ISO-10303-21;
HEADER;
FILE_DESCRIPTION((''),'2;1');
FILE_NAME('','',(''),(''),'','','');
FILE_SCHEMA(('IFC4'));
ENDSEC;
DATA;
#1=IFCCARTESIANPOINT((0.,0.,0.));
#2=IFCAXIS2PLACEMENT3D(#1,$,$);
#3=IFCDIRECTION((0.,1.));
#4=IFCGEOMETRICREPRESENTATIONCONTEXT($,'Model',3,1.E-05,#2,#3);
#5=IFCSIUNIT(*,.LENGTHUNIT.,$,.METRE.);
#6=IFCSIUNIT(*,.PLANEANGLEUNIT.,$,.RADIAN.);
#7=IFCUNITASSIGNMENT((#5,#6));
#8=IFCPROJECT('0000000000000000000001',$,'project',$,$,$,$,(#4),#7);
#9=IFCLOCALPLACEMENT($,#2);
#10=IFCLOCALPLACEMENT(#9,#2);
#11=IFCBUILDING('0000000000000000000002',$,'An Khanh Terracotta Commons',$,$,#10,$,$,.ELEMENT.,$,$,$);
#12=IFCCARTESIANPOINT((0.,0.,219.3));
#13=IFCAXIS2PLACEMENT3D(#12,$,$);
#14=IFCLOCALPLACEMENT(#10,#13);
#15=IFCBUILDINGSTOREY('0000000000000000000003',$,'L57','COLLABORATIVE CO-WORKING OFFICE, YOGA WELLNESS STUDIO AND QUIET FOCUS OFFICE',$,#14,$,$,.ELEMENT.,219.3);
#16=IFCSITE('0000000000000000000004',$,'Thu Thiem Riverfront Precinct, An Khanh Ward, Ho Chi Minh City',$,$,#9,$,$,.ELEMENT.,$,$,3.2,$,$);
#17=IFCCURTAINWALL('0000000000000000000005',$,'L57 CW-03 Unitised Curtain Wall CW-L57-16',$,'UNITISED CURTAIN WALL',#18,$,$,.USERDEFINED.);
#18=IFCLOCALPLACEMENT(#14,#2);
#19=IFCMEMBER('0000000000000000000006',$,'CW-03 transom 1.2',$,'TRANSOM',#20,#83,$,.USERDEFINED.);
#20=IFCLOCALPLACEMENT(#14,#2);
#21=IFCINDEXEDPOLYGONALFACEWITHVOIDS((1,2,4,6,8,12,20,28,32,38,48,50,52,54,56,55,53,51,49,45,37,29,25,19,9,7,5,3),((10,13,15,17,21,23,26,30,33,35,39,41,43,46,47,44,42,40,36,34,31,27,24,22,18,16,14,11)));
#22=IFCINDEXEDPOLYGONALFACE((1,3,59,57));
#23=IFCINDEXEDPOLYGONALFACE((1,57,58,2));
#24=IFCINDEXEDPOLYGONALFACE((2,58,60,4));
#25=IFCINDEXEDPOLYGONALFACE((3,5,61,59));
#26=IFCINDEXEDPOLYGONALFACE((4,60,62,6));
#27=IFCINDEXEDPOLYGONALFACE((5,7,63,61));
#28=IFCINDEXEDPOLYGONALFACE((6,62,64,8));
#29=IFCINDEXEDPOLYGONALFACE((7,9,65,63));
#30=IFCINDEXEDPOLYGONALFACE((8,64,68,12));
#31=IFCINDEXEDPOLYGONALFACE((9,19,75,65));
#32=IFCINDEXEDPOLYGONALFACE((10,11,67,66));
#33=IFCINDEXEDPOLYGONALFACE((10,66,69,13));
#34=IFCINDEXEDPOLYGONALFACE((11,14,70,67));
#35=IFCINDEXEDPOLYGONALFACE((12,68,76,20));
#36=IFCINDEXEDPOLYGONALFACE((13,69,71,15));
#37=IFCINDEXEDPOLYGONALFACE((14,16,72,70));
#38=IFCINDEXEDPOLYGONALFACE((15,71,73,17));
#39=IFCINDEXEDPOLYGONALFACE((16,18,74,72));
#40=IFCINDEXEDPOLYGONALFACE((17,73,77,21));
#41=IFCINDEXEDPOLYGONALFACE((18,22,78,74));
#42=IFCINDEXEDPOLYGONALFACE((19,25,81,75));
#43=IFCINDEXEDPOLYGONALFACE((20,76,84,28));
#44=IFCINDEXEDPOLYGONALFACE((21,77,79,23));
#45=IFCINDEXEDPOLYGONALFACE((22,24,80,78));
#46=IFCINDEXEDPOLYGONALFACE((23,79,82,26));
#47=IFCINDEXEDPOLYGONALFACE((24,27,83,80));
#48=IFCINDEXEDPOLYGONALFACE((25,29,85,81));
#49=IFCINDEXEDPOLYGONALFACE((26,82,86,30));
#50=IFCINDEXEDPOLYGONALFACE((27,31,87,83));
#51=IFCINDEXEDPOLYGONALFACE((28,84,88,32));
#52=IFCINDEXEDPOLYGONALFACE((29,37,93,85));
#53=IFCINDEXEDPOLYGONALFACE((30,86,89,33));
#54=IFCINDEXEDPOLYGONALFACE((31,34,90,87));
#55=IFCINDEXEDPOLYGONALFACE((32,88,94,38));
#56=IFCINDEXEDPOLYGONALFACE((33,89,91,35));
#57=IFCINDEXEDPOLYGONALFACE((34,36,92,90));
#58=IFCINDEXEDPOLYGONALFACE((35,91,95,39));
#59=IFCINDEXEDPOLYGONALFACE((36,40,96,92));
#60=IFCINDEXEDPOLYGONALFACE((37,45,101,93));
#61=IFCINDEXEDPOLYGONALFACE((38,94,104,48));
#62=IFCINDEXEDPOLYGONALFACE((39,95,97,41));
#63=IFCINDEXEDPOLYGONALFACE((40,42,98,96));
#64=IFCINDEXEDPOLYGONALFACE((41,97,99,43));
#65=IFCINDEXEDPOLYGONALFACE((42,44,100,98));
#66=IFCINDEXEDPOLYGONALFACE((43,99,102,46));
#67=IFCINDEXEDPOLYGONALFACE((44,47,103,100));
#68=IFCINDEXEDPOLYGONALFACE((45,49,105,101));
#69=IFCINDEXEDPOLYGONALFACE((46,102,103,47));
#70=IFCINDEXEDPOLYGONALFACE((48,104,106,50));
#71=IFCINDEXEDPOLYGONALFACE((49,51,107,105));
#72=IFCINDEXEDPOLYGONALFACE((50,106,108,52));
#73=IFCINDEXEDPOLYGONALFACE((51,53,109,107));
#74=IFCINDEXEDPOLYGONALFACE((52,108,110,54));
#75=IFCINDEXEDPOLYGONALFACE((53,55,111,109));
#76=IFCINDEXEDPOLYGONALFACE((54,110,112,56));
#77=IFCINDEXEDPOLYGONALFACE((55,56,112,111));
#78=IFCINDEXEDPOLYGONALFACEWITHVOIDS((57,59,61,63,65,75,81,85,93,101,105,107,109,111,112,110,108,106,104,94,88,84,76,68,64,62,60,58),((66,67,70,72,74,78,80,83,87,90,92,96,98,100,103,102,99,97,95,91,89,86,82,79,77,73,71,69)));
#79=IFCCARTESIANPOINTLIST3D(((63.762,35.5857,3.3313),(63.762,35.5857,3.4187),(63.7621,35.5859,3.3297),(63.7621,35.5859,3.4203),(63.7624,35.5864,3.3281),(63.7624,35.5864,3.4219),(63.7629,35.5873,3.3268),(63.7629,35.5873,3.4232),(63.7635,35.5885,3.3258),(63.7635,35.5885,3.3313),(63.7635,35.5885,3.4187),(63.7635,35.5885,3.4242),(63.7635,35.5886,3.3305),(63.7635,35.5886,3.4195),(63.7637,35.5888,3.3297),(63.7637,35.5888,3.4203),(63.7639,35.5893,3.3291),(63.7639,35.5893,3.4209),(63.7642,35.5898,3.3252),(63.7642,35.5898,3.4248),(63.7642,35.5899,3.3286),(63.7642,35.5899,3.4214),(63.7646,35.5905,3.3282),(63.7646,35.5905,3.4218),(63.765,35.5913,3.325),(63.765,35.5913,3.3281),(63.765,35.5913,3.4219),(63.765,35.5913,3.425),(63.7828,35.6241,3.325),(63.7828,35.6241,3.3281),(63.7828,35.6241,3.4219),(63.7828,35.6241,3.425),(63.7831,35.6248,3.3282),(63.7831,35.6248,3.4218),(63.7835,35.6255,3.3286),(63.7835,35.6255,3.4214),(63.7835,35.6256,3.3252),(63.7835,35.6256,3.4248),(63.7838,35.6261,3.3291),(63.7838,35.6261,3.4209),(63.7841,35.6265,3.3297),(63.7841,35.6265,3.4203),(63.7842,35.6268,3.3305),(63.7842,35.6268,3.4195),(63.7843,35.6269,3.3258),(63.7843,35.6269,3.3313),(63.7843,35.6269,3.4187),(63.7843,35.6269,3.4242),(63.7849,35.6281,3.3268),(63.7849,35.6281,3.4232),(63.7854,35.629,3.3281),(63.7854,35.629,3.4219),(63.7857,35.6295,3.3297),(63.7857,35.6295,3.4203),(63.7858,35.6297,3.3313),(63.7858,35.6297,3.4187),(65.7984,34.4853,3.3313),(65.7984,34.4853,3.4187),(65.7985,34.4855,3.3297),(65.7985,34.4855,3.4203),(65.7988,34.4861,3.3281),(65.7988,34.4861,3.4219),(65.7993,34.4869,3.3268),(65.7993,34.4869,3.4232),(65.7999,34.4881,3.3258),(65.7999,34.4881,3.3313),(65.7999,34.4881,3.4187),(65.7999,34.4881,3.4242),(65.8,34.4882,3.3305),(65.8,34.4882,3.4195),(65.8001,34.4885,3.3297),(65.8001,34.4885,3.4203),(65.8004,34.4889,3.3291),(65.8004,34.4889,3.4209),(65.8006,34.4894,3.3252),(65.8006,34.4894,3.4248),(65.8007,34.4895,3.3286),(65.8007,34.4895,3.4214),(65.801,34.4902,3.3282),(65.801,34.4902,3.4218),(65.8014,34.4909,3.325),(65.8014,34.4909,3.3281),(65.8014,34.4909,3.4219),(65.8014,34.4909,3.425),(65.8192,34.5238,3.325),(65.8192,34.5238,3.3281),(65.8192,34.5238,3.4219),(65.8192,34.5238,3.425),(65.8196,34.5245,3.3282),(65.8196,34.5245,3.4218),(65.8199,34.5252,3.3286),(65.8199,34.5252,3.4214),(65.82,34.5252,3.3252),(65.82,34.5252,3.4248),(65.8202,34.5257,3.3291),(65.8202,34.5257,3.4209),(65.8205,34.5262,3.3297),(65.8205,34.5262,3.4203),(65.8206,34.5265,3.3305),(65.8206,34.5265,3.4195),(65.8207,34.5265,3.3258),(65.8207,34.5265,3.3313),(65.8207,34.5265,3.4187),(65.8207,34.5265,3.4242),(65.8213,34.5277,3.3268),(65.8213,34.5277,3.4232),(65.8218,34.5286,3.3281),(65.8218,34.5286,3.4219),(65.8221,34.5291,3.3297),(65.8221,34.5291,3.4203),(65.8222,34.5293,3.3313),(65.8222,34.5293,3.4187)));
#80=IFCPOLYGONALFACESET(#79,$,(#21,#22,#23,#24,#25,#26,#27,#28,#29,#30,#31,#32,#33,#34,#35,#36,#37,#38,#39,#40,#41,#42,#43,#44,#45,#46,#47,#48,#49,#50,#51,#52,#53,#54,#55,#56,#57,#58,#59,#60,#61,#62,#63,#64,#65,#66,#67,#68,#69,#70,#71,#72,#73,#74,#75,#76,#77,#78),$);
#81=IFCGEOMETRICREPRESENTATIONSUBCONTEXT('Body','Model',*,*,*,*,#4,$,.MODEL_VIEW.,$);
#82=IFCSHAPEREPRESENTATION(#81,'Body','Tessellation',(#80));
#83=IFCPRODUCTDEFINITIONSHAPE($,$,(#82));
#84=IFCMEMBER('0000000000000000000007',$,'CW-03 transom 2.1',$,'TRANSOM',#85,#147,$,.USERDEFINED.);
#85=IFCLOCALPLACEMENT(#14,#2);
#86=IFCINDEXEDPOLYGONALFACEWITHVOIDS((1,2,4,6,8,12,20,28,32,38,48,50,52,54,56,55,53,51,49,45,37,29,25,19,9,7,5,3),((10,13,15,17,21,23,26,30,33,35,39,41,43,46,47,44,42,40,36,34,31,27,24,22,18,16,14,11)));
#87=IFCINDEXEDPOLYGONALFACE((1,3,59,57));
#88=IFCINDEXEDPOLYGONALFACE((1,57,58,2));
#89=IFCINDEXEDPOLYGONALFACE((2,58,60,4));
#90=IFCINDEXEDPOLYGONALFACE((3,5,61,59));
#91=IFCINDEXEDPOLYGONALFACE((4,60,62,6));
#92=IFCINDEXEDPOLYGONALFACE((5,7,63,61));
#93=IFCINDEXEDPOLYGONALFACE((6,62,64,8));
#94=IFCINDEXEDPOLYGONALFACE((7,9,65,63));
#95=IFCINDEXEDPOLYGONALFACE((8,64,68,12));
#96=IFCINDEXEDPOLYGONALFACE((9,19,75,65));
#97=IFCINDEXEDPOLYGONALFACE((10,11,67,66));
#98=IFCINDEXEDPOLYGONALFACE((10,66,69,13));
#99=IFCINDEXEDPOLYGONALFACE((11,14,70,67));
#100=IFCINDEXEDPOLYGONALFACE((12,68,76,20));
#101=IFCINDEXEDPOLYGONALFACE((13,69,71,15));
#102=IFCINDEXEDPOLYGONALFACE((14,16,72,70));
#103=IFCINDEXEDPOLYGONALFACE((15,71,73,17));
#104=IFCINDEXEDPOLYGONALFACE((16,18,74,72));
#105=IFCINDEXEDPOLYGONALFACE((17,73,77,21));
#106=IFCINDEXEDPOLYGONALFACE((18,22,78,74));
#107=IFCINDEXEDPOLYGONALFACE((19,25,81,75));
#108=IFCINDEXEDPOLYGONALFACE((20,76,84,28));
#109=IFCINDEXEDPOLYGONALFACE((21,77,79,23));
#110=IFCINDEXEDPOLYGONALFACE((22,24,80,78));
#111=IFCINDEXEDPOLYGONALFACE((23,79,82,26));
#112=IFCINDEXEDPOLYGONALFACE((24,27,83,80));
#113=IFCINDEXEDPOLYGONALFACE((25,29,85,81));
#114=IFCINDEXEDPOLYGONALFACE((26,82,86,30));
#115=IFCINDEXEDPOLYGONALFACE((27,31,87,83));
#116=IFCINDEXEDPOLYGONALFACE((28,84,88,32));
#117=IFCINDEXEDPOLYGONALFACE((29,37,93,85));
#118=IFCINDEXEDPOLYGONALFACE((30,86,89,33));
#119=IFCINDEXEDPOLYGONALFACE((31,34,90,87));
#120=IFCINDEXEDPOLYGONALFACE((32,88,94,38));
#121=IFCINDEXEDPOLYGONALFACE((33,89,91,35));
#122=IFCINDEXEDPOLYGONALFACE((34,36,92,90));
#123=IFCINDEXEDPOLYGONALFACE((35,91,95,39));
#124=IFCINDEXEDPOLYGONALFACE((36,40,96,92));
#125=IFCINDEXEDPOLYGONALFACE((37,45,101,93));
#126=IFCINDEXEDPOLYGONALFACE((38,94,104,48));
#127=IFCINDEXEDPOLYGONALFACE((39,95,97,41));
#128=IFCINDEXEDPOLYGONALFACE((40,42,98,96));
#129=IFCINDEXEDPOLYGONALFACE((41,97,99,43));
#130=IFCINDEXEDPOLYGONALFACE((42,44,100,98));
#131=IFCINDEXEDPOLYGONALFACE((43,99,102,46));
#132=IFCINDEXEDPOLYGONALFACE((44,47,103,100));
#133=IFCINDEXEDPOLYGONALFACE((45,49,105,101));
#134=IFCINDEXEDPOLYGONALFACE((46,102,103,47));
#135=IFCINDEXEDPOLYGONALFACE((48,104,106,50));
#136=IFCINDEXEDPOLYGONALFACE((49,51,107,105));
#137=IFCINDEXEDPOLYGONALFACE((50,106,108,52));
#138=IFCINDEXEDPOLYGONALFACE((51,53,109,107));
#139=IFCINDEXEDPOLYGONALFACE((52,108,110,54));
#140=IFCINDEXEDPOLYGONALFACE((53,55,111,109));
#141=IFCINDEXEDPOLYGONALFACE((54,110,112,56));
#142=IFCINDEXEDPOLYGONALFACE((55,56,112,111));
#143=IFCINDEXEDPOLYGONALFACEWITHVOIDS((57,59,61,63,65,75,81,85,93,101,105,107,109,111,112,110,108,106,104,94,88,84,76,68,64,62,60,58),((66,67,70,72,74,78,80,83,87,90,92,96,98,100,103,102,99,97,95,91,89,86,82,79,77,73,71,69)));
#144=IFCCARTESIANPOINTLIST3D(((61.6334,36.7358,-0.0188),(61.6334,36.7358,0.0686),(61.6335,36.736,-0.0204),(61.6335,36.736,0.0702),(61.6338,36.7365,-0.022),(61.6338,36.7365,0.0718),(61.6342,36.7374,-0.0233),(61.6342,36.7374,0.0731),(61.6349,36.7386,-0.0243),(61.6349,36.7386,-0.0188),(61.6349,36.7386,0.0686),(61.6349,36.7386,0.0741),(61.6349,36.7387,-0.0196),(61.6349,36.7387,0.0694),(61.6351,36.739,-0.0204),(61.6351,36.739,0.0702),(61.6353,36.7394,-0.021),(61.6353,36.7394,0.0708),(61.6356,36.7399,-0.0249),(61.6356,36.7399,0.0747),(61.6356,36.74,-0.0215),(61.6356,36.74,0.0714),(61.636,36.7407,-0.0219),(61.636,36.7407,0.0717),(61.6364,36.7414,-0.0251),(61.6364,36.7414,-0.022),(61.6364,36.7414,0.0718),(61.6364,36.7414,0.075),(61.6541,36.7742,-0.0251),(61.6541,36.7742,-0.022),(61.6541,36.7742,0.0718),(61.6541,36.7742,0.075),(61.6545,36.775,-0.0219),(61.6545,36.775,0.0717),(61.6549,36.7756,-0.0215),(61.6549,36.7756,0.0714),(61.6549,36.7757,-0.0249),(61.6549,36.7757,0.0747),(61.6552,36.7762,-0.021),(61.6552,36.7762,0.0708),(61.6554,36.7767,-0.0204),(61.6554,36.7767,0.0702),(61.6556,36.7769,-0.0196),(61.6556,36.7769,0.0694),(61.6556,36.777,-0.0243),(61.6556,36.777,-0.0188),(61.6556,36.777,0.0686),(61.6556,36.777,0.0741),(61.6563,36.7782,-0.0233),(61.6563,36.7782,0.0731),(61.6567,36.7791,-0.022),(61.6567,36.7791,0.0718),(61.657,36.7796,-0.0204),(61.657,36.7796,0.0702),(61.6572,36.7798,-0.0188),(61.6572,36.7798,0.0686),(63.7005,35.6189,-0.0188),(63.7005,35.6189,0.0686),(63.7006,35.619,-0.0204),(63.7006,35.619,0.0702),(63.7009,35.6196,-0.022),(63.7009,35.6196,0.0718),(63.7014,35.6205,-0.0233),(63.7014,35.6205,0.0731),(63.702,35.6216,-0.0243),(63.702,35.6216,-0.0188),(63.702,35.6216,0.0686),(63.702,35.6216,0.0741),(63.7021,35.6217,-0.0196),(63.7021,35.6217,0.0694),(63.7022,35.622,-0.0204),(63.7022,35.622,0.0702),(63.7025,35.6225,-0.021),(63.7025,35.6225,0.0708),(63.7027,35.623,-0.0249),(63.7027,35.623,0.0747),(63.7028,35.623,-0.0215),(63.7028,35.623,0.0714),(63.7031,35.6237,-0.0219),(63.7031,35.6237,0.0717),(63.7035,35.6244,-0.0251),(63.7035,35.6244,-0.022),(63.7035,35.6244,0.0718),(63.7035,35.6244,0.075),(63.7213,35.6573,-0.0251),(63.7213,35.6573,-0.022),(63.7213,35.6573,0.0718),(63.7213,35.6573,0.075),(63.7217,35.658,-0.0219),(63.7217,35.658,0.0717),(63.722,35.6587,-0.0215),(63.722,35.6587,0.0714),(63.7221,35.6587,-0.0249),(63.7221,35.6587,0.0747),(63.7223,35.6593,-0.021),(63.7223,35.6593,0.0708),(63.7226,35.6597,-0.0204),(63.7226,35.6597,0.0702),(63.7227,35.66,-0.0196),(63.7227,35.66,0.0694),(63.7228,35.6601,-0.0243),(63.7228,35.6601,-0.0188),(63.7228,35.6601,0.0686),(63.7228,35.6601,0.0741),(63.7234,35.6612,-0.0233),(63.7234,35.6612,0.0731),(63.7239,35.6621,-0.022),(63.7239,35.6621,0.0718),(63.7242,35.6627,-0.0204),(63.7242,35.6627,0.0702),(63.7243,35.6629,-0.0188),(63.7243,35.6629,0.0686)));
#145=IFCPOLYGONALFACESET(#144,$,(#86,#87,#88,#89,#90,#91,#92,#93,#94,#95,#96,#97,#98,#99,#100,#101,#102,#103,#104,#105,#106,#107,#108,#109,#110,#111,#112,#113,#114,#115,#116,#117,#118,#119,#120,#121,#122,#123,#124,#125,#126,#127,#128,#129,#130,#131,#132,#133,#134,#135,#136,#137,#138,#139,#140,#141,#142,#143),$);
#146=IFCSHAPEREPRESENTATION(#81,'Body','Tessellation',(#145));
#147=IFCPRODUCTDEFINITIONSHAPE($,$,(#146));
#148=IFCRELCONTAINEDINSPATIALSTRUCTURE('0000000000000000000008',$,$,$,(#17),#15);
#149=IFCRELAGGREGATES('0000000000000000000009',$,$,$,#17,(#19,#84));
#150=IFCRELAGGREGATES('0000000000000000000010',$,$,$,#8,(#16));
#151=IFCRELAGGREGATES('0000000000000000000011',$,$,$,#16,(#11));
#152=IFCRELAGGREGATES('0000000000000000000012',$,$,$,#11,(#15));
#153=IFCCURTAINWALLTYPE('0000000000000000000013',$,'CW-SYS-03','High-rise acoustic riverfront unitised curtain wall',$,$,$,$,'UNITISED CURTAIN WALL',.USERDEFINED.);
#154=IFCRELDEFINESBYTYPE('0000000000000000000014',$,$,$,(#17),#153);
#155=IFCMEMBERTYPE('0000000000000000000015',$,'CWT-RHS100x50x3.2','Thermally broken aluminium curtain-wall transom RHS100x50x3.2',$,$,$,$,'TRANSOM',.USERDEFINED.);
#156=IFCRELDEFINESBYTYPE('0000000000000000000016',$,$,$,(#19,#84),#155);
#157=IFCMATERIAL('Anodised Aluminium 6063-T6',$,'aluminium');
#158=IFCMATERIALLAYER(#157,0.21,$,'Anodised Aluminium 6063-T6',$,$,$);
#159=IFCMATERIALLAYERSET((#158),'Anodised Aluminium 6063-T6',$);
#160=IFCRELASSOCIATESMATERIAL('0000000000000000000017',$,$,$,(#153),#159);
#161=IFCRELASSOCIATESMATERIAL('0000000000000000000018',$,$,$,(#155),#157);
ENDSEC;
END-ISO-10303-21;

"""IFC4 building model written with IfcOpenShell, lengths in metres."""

from ifc_helpers import new_model, si_unit, direction, frame, origin, origin_2d, place, context, subcontext, project, spatial, hollow_rectangle, extrude, material, layer, layer_set, material_profile, profile_set, type_object, element, aggregate, save


model = new_model("IFC4")

# Units and contexts
model_context = context("Model", 3, precision=1e-05, world=origin(), true_north=direction((0.0, 1.0)))
body_context = subcontext(model_context, "Body", "Model", "MODEL_VIEW")
ifc_project = project(units=[si_unit("LENGTHUNIT", "METRE"), si_unit("PLANEANGLEUNIT", "RADIAN")], contexts=[model_context])

# Site, building, storey
site_placement = place(None, origin())
site = spatial("IfcSite", under=ifc_project, at=site_placement, Name="Thu Thiem Riverfront Precinct, An Khanh Ward, Ho Chi Minh City", CompositionType="ELEMENT", RefElevation=3.2)
building_placement = place(site_placement, origin())
building = spatial("IfcBuilding", under=site, at=building_placement, Name="An Khanh Terracotta Commons", CompositionType="ELEMENT")
storey_placement = place(building_placement, frame((0.0, 0.0, 219.3)))
storey = spatial("IfcBuildingStorey", under=building, at=storey_placement, Name="L57", Description="COLLABORATIVE CO-WORKING OFFICE, YOGA WELLNESS STUDIO AND QUIET FOCUS OFFICE", CompositionType="ELEMENT", Elevation=219.3)

# Shared definitions
ifc_material_1 = material(Name="Anodised Aluminium 6063-T6", Category="aluminium")

# Curtain wall, members
ifc_layer_1 = layer(ifc_material_1, 0.21, Name="Anodised Aluminium 6063-T6")
ifc_layer_set_1 = layer_set([ifc_layer_1], Name="Anodised Aluminium 6063-T6")
curtain_wall_type_1 = type_object("IfcCurtainWallType", Name="CW-SYS-03", Description="High-rise acoustic riverfront unitised curtain wall", ElementType="UNITISED CURTAIN WALL", PredefinedType="USERDEFINED", material=ifc_layer_set_1)
curtain_wall_1_placement = place(storey_placement, origin())
curtain_wall_1 = element("IfcCurtainWall", 1, at=curtain_wall_1_placement, inside=storey, type_object=curtain_wall_type_1, Name="L57 CW-03 Unitised Curtain Wall CW-L57-16", ObjectType="UNITISED CURTAIN WALL", PredefinedType="USERDEFINED")
ifc_material_profile_1 = material_profile(ifc_material_1, hollow_rectangle(XDim=0.05, YDim=0.1001, WallThickness=0.0032, InnerFilletRadius=0.0032, OuterFilletRadius=0.0063, at=origin_2d()), Name="RHS100x50x3.2")
ifc_profile_set_1 = profile_set([ifc_material_profile_1], Name="Anodised Aluminium 6063-T6")
member_type_1 = type_object("IfcMemberType", Name="CWT-RHS100x50x3.2", Description="Thermally broken aluminium curtain-wall transom RHS100x50x3.2", ElementType="TRANSOM", PredefinedType="USERDEFINED", material=ifc_profile_set_1)
member_1_placement = place(storey_placement, frame((65.8103, 34.5073, 3.375), z_axis=(-0.879779, 0.475382, 0.0), x_axis=(-0.475382, -0.879779, 0.0)))
member_1 = element("IfcMember", 2, at=member_1_placement, type_object=member_type_1, Name="CW-03 transom 1.2", ObjectType="TRANSOM", PredefinedType="USERDEFINED", context=body_context, shape_type="SweptSolid", body=[
    extrude(hollow_rectangle(XDim=0.05, YDim=0.1001, WallThickness=0.0032, InnerFilletRadius=0.0032, OuterFilletRadius=0.0063, at=origin_2d()), origin(), (0.0, 0.0, 1.0), 2.3147),
])
member_2_placement = place(storey_placement, frame((63.7124, 35.6409, 0.0249), z_axis=(-0.879783, 0.475376, 0.0), x_axis=(-0.475376, -0.879783, 0.0)))
member_2 = element("IfcMember", 3, at=member_2_placement, type_object=member_type_1, Name="CW-03 transom 2.1", ObjectType="TRANSOM", PredefinedType="USERDEFINED", context=body_context, shape_type="SweptSolid", body=[
    extrude(hollow_rectangle(XDim=0.05, YDim=0.1001, WallThickness=0.0032, InnerFilletRadius=0.0032, OuterFilletRadius=0.0063, at=origin_2d()), origin(), (0.0, 0.0, 1.0), 2.3496),
])

aggregate(curtain_wall_1, [member_1, member_2])

save(model, "model.ifc")
